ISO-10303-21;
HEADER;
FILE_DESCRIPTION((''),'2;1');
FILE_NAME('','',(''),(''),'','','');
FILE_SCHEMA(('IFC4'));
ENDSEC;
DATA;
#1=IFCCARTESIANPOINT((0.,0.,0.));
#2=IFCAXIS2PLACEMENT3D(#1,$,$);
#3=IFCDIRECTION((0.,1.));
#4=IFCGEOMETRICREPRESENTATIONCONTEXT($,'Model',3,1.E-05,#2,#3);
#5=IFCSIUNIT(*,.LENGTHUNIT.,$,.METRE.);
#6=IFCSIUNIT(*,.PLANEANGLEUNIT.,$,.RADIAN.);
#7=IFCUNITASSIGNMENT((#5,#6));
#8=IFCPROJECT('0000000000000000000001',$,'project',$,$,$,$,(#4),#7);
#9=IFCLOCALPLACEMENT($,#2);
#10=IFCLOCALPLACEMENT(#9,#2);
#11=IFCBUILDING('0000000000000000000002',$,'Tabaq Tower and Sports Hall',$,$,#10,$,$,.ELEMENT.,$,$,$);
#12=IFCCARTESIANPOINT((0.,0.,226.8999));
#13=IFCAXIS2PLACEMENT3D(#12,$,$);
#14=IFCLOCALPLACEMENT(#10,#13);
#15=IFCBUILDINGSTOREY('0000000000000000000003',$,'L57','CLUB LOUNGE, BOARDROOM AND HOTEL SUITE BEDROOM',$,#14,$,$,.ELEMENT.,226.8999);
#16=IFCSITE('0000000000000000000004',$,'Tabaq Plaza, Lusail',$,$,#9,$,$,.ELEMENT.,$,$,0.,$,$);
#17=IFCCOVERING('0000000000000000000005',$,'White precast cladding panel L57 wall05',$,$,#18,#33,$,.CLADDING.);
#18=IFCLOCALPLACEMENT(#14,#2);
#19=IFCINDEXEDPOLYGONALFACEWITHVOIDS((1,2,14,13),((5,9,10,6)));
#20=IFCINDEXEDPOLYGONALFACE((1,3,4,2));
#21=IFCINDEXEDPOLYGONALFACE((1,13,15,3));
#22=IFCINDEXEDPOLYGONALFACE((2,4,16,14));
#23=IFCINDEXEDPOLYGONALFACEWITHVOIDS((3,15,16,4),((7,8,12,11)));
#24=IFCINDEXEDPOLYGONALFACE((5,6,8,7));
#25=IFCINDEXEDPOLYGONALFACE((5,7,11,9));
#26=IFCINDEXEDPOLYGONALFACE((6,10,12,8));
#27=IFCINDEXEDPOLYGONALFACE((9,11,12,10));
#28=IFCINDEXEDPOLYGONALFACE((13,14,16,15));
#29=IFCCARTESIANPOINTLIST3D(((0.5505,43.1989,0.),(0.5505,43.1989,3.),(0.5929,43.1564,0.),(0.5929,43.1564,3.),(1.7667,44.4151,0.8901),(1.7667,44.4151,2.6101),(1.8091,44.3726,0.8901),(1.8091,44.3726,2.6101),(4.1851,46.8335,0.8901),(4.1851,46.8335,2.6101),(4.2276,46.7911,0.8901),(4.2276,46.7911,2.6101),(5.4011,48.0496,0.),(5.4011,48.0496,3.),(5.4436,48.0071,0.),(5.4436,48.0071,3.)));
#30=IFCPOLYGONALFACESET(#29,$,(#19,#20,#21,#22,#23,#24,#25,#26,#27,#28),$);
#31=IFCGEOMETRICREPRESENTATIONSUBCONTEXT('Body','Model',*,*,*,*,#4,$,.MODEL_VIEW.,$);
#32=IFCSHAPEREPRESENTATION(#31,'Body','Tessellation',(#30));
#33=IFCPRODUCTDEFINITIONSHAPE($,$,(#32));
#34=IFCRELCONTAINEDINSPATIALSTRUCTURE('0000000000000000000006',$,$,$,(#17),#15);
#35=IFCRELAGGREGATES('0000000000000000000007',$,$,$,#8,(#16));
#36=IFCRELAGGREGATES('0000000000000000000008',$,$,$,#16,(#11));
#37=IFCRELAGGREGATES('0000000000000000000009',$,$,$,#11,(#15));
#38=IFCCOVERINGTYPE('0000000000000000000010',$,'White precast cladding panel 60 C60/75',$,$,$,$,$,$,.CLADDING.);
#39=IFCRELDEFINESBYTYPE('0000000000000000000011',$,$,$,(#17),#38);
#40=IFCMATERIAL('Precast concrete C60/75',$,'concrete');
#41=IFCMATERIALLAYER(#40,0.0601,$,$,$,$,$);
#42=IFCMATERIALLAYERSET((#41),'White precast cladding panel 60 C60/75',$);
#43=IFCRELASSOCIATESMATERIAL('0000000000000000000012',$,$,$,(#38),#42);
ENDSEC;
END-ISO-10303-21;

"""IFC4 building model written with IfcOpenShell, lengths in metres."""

from ifc_helpers import new_model, si_unit, direction, frame, origin, place, context, subcontext, project, spatial, polyline, outline, extrude, material, layer, layer_set, type_object, element, save


model = new_model("IFC4")

# Units and contexts
model_context = context("Model", 3, precision=1e-05, world=origin(), true_north=direction((0.0, 1.0)))
body_context = subcontext(model_context, "Body", "Model", "MODEL_VIEW")
ifc_project = project(units=[si_unit("LENGTHUNIT", "METRE"), si_unit("PLANEANGLEUNIT", "RADIAN")], contexts=[model_context])

# Site, building, storey
site_placement = place(None, origin())
site = spatial("IfcSite", under=ifc_project, at=site_placement, Name="Tabaq Plaza, Lusail", CompositionType="ELEMENT", RefElevation=0.0)
building_placement = place(site_placement, origin())
building = spatial("IfcBuilding", under=site, at=building_placement, Name="Tabaq Tower and Sports Hall", CompositionType="ELEMENT")
storey_placement = place(building_placement, frame((0.0, 0.0, 226.8999)))
storey = spatial("IfcBuildingStorey", under=building, at=storey_placement, Name="L57", Description="CLUB LOUNGE, BOARDROOM AND HOTEL SUITE BEDROOM", CompositionType="ELEMENT", Elevation=226.8999)

# Covering
ifc_material_1 = material(Name="Precast concrete C60/75", Category="concrete")
ifc_layer_1 = layer(ifc_material_1, 0.0601)
ifc_layer_set_1 = layer_set([ifc_layer_1], Name="White precast cladding panel 60 C60/75")
covering_type_1 = type_object("IfcCoveringType", Name="White precast cladding panel 60 C60/75", PredefinedType="CLADDING", material=ifc_layer_set_1)
covering_1_placement = place(storey_placement, frame((5.4224, 48.0283, 0.0), z_axis=(0.0, 0.0, 1.0), x_axis=(-0.707107, -0.707107, 0.0)))
element("IfcCovering", 1, at=covering_1_placement, inside=storey, type_object=covering_type_1, Name="White precast cladding panel L57 wall05", PredefinedType="CLADDING", context=body_context, shape_type="SweptSolid", body=[
    extrude(outline(polyline([(0.0, 0.0), (6.8599, 0.0), (6.8599, 3.0), (0.0, 3.0), (0.0, 0.0)]), holes=[polyline([(1.7197, 0.8901), (1.7197, 2.6101), (5.1399, 2.6101), (5.1399, 0.8901), (1.7197, 0.8901)])]), frame((0.0, 0.03, 0.0), z_axis=(0.0, -1.0, 0.0), x_axis=(1.0, 0.0, 0.0)), (0.0, 0.0, 1.0), 0.0601),
])

save(model, "model.ifc")
